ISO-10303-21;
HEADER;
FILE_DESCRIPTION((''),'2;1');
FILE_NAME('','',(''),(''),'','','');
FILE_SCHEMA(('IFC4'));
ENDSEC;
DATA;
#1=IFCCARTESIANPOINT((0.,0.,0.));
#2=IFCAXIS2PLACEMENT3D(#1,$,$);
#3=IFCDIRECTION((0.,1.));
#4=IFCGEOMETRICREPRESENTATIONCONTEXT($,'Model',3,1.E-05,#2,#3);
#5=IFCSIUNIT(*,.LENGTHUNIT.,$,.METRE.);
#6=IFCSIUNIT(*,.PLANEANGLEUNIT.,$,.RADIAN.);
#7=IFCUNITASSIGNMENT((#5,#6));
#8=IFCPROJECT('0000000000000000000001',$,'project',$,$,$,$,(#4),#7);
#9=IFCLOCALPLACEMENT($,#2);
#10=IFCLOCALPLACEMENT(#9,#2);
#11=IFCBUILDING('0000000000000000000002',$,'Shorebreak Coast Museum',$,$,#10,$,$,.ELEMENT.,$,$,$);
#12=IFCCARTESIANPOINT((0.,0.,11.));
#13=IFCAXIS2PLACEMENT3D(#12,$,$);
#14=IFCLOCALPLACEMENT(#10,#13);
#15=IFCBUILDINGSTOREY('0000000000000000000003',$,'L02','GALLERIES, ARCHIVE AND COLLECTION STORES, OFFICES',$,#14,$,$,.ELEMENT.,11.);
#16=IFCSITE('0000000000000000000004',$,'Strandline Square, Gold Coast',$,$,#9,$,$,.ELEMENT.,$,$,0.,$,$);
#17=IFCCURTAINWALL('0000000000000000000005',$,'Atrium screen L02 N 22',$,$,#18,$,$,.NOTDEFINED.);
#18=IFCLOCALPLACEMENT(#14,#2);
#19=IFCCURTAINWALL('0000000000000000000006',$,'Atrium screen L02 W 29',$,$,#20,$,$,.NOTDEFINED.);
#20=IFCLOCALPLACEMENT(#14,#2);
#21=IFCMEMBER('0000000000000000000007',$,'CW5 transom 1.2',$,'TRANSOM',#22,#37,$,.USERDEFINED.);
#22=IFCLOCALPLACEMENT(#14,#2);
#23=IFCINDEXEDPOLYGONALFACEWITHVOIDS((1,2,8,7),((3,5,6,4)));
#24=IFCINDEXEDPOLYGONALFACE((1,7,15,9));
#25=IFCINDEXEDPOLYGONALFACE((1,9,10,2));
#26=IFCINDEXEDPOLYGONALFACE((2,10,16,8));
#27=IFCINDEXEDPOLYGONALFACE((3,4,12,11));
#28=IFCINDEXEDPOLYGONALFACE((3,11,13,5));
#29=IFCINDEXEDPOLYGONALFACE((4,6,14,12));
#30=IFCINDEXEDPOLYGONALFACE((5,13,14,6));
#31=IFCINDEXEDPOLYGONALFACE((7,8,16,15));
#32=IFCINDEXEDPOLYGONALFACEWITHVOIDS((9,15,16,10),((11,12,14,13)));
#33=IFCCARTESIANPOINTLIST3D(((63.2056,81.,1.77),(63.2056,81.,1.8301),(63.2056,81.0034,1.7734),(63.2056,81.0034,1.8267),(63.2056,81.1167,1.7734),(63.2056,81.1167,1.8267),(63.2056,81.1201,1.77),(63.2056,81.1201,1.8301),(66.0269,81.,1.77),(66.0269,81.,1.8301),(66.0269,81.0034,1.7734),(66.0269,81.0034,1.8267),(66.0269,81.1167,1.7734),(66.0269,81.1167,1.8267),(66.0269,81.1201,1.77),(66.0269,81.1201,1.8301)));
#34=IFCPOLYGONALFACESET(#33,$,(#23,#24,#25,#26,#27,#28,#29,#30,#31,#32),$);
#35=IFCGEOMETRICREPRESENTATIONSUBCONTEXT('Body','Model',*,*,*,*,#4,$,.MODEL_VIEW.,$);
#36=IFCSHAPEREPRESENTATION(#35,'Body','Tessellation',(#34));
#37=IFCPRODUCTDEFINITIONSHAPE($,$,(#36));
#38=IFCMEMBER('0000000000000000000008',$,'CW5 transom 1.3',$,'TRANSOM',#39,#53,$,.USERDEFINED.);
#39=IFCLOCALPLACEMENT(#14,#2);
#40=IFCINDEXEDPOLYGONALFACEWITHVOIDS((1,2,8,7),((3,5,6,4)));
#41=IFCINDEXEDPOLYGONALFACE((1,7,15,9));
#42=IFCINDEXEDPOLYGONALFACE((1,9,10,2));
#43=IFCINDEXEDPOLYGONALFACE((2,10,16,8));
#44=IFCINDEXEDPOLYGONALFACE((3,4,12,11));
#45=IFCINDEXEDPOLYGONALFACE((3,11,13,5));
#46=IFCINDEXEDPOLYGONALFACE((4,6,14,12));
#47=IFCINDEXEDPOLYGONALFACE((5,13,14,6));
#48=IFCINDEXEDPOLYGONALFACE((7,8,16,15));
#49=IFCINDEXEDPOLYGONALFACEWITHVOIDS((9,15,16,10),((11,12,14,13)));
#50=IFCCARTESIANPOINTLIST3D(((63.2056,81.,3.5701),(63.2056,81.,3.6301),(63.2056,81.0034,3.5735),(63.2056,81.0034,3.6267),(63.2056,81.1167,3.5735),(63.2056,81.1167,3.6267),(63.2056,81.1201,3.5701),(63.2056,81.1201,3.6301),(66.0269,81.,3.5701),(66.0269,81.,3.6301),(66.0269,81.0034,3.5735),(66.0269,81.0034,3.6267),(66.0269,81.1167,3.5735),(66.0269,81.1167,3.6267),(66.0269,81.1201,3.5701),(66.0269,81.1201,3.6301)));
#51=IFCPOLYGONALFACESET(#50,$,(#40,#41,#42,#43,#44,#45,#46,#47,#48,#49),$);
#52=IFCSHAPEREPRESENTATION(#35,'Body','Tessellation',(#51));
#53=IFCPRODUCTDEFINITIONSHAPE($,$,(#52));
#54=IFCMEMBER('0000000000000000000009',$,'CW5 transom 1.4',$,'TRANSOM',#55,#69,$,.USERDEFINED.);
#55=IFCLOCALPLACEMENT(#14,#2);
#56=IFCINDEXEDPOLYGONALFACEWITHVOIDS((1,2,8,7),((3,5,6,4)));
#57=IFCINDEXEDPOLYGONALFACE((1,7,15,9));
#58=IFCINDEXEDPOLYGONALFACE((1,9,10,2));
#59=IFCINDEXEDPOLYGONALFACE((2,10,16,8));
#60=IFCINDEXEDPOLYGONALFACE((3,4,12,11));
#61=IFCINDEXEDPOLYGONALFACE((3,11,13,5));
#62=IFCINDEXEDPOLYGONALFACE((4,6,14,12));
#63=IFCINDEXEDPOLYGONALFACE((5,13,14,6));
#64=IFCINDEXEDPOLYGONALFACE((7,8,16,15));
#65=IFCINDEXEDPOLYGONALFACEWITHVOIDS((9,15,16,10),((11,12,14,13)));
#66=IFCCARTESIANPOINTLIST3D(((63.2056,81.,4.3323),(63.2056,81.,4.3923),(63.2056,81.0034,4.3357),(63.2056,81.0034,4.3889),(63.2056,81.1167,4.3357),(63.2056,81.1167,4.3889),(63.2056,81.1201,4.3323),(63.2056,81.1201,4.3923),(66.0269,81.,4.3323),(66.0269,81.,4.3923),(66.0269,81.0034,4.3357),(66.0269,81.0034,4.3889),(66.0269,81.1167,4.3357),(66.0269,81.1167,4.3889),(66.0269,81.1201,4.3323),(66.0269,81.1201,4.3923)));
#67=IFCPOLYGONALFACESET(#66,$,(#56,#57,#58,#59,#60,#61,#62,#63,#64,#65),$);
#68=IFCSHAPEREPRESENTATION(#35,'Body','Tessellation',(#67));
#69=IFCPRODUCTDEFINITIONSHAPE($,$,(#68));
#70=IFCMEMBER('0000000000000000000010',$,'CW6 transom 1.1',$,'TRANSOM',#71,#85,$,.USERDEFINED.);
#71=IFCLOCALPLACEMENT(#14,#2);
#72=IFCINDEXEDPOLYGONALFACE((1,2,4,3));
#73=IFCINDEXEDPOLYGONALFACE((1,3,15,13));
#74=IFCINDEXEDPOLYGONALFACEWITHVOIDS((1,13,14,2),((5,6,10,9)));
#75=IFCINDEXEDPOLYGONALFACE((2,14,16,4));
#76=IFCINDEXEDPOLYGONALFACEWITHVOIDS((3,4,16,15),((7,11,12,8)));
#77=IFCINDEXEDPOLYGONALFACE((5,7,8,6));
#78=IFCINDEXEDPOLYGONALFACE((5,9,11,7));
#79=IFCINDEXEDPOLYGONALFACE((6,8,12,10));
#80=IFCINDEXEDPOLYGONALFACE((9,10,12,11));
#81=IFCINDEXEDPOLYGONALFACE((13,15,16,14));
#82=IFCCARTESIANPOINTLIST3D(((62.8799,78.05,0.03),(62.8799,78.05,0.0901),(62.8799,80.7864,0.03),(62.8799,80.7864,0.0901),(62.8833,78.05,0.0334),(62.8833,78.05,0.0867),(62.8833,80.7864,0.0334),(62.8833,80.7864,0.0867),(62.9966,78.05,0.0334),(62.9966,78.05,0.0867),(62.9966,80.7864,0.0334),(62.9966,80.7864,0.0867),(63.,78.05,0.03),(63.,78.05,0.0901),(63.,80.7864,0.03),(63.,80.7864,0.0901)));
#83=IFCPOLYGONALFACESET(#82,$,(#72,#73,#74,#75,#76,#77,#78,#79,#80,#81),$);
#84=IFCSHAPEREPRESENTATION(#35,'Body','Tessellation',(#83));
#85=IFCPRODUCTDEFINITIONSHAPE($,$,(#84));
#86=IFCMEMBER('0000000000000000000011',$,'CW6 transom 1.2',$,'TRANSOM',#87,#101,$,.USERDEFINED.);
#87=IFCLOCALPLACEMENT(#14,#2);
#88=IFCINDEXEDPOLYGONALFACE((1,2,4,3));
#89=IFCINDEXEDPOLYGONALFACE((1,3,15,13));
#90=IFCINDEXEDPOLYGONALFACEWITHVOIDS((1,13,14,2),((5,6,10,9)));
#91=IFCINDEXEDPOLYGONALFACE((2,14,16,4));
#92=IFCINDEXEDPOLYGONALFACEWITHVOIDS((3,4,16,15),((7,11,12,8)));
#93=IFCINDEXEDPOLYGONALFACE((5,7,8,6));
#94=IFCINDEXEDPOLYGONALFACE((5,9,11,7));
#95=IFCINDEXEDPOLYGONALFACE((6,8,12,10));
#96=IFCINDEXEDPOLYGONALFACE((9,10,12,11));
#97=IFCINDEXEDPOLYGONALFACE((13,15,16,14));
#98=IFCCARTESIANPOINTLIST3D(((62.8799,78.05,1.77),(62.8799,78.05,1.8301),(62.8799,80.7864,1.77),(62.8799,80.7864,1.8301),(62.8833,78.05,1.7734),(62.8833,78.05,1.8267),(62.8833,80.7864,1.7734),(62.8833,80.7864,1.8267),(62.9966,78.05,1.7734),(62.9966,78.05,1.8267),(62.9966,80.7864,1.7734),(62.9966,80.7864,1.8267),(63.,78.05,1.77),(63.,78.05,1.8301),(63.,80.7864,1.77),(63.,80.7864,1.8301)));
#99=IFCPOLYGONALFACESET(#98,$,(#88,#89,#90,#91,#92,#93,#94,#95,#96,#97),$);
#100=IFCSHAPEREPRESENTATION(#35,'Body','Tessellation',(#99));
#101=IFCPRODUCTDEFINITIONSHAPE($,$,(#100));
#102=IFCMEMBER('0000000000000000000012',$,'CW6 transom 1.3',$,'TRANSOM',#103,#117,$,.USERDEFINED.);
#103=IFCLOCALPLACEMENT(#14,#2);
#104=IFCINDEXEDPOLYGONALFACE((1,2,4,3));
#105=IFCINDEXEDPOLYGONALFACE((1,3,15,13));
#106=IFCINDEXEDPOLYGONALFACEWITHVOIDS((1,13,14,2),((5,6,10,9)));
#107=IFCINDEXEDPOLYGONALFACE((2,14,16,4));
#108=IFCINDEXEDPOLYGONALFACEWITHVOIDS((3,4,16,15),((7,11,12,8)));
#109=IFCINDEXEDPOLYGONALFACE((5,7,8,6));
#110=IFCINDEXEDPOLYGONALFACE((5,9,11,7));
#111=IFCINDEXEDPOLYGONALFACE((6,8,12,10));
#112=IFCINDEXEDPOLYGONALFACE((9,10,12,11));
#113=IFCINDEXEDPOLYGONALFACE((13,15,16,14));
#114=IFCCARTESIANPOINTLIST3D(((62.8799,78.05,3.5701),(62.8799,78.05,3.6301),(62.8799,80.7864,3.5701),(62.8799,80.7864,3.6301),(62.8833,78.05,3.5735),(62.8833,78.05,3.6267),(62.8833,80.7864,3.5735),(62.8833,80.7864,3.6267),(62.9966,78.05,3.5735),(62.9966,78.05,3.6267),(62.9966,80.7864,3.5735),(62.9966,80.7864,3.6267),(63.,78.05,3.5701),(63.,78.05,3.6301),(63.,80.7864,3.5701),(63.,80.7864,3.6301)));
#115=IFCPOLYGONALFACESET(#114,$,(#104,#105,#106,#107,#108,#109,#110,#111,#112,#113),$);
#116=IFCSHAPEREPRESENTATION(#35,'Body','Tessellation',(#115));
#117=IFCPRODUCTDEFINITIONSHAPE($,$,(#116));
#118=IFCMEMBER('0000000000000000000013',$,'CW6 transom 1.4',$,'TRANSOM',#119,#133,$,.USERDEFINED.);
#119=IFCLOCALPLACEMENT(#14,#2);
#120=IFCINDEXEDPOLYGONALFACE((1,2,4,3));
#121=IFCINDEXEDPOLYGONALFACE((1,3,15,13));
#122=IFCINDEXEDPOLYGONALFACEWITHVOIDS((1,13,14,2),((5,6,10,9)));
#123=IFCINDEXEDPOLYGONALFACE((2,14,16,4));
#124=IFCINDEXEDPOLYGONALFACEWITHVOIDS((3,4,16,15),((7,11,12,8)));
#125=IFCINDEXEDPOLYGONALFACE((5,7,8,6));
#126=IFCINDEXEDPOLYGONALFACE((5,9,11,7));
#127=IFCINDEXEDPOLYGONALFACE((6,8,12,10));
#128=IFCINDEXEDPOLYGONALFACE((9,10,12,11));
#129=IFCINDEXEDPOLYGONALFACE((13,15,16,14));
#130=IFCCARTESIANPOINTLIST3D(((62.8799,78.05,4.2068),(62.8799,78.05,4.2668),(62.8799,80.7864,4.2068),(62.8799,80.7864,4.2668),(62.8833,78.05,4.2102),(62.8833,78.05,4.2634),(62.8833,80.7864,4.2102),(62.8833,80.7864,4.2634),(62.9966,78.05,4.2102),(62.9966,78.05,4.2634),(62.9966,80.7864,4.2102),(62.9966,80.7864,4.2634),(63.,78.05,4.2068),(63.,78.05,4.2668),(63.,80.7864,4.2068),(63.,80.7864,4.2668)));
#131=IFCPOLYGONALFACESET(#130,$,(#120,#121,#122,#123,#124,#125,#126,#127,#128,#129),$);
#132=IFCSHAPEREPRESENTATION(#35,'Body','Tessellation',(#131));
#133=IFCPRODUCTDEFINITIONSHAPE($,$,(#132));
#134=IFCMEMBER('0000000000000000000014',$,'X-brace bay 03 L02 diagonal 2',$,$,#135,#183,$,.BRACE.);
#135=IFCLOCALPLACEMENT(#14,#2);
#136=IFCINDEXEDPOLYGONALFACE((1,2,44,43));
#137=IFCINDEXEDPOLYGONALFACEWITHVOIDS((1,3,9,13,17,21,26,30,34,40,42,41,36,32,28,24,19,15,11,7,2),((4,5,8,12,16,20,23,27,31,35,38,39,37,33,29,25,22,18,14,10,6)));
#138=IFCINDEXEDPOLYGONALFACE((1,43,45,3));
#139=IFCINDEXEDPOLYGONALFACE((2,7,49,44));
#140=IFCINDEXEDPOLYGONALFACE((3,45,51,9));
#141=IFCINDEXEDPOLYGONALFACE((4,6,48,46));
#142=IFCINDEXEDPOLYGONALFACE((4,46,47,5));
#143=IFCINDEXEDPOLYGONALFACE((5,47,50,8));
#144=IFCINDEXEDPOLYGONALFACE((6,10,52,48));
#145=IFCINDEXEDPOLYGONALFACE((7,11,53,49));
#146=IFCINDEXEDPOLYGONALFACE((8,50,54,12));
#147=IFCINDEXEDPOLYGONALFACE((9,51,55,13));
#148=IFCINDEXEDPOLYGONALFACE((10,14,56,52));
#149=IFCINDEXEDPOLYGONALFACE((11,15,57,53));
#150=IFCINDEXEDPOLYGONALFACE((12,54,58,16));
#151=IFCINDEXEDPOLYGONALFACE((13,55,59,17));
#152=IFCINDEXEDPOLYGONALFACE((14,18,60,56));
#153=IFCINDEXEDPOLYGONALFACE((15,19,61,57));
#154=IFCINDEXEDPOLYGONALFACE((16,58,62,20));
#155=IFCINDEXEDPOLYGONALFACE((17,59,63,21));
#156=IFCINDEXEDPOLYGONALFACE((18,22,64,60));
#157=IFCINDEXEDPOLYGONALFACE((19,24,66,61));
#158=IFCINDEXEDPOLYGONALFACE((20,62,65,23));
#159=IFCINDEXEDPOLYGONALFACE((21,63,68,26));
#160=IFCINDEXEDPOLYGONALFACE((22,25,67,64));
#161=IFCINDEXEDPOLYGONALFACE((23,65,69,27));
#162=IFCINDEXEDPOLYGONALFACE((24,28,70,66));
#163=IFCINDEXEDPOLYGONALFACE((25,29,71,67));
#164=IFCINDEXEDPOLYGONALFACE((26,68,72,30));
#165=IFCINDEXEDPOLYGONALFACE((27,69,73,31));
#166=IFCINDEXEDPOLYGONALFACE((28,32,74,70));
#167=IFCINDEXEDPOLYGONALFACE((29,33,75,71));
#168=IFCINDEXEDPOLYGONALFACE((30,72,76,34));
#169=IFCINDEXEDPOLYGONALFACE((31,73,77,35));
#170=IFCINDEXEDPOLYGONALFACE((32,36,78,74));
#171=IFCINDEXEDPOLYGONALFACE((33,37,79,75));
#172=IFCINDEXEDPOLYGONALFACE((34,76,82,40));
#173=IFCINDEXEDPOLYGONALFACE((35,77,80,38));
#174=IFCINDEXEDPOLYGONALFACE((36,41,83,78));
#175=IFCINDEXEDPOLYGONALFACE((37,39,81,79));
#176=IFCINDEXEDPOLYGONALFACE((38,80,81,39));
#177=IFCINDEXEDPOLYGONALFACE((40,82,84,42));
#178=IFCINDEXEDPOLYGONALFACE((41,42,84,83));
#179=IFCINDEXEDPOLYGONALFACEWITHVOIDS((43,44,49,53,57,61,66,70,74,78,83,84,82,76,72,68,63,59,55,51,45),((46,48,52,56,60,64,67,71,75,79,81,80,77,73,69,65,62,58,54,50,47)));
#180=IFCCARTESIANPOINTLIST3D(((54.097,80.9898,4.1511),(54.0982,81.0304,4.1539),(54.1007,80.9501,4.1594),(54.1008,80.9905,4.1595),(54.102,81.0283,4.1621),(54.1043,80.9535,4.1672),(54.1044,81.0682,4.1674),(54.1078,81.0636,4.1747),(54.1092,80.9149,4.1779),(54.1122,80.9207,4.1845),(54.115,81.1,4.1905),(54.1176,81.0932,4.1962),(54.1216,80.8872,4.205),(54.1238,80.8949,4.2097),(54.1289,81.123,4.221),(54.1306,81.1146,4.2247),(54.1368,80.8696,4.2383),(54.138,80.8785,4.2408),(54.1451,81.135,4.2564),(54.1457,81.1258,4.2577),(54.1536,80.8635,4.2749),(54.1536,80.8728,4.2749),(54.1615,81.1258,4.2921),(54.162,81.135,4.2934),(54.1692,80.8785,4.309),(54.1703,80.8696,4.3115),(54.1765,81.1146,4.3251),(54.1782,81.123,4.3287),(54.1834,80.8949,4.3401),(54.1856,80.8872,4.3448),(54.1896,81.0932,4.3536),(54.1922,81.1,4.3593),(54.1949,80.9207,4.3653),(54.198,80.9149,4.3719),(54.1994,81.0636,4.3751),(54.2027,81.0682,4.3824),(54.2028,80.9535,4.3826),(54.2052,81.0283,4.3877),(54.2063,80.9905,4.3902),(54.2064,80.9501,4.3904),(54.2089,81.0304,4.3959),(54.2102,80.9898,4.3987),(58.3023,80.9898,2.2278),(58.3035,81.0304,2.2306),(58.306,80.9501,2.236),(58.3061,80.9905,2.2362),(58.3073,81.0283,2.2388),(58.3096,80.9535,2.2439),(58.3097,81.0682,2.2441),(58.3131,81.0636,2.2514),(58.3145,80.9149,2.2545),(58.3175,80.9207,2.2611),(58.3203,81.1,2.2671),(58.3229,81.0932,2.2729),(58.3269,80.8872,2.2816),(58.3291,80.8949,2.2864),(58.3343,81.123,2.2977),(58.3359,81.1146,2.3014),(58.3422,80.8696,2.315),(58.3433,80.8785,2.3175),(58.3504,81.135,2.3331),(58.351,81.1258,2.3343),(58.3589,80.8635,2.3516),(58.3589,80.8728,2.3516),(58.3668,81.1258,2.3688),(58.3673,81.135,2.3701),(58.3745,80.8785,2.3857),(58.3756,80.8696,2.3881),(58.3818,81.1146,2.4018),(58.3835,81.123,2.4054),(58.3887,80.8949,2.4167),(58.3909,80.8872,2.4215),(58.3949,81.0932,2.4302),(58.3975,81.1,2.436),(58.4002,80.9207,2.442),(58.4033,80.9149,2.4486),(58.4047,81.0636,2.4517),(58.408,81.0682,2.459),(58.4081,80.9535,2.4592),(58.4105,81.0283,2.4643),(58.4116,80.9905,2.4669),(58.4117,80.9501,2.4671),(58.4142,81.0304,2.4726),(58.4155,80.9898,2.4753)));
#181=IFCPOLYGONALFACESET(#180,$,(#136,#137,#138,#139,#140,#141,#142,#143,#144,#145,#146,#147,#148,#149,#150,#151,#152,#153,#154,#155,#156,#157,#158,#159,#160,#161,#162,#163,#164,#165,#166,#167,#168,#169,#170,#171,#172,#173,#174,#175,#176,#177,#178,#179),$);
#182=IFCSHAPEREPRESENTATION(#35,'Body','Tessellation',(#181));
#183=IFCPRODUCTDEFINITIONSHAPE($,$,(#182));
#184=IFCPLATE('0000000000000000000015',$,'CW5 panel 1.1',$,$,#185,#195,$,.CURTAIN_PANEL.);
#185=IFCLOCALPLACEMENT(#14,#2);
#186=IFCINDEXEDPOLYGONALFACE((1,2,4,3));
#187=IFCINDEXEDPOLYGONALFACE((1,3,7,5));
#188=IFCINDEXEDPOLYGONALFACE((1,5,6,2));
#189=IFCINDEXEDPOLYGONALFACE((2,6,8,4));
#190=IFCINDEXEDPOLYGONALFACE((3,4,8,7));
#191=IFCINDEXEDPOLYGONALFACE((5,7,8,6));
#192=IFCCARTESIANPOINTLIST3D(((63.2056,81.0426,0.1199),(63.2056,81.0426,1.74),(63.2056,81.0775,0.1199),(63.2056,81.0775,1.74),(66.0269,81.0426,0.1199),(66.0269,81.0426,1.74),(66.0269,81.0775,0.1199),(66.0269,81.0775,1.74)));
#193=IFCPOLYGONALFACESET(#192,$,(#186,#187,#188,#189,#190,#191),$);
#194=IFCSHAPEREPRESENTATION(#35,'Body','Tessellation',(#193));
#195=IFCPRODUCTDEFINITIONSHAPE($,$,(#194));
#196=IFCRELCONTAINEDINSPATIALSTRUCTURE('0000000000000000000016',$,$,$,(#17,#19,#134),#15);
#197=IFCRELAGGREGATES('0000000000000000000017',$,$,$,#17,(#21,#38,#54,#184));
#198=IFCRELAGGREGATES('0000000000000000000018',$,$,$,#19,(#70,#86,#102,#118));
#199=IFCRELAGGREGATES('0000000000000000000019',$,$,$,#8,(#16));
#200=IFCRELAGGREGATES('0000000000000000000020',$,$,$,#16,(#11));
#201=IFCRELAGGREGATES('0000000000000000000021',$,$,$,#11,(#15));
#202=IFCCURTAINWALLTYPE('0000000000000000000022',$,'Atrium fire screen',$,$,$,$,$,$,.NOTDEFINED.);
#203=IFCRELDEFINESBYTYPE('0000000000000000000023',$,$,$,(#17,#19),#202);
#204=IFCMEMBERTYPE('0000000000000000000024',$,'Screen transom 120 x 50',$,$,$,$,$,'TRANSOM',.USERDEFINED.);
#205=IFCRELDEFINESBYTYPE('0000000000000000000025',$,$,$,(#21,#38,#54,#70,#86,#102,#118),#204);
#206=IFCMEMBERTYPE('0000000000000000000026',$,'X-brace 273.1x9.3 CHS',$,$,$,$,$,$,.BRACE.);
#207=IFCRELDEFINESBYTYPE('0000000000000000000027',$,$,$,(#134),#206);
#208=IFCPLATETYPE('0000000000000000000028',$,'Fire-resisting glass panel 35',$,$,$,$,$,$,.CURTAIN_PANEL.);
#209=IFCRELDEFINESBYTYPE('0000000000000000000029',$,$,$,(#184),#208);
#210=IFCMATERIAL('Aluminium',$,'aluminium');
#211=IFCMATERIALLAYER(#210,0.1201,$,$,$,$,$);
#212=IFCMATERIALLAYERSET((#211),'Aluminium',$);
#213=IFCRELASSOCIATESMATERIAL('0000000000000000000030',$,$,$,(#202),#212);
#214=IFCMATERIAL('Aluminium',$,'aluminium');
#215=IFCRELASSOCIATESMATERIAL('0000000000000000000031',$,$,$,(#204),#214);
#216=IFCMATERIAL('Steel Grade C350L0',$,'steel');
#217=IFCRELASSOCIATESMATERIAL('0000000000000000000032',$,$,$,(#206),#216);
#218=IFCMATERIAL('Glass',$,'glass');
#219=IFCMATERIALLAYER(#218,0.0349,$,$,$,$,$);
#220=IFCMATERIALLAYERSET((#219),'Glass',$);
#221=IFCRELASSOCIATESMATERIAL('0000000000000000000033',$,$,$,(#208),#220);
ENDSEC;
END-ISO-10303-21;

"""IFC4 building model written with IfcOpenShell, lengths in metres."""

from ifc_helpers import new_model, si_unit, direction, frame, origin, origin_2d, place, context, subcontext, project, spatial, rectangle, hollow_rectangle, hollow_circle, extrude, material, layer, layer_set, material_profile, profile_set, type_object, element, aggregate, save


model = new_model("IFC4")

# Units and contexts
model_context = context("Model", 3, precision=1e-05, world=origin(), true_north=direction((0.0, 1.0)))
body_context = subcontext(model_context, "Body", "Model", "MODEL_VIEW")
ifc_project = project(units=[si_unit("LENGTHUNIT", "METRE"), si_unit("PLANEANGLEUNIT", "RADIAN")], contexts=[model_context])

# Site, building, storey
site_placement = place(None, origin())
site = spatial("IfcSite", under=ifc_project, at=site_placement, Name="Strandline Square, Gold Coast", CompositionType="ELEMENT", RefElevation=0.0)
building_placement = place(site_placement, origin())
building = spatial("IfcBuilding", under=site, at=building_placement, Name="Shorebreak Coast Museum", CompositionType="ELEMENT")
storey_placement = place(building_placement, frame((0.0, 0.0, 11.0)))
storey = spatial("IfcBuildingStorey", under=building, at=storey_placement, Name="L02", Description="GALLERIES, ARCHIVE AND COLLECTION STORES, OFFICES", CompositionType="ELEMENT", Elevation=11.0)

# Curtain wall
ifc_material_1 = material(Name="Aluminium", Category="aluminium")
ifc_layer_1 = layer(ifc_material_1, 0.1201)
ifc_layer_set_1 = layer_set([ifc_layer_1], Name="Aluminium")
curtain_wall_type = type_object("IfcCurtainWallType", Name="Atrium fire screen", PredefinedType="NOTDEFINED", material=ifc_layer_set_1)
curtain_wall_1_placement = place(storey_placement, origin())
curtain_wall_1 = element("IfcCurtainWall", 1, at=curtain_wall_1_placement, inside=storey, type_object=curtain_wall_type, Name="Atrium screen L02 N 22", PredefinedType="NOTDEFINED")

# Curtain wall
curtain_wall_2_placement = place(storey_placement, origin())
curtain_wall_2 = element("IfcCurtainWall", 2, at=curtain_wall_2_placement, inside=storey, type_object=curtain_wall_type, Name="Atrium screen L02 W 29", PredefinedType="NOTDEFINED")

# Members
ifc_material_2 = material(Name="Aluminium", Category="aluminium")
ifc_material_profile_1 = material_profile(ifc_material_2, hollow_rectangle(XDim=0.1201, YDim=0.0601, WallThickness=0.0034, at=origin_2d()), Name="AL 60x120 RHS")
ifc_profile_set_1 = profile_set([ifc_material_profile_1], Name="Aluminium")
member_type_1 = type_object("IfcMemberType", Name="Screen transom 120 x 50", ElementType="TRANSOM", PredefinedType="USERDEFINED", material=ifc_profile_set_1)
member_1_placement = place(storey_placement, frame((63.2056, 81.0601, 1.8), z_axis=(1.0, 0.0, 0.0), x_axis=(0.0, 1.0, 0.0)))
member_1 = element("IfcMember", 3, at=member_1_placement, type_object=member_type_1, Name="CW5 transom 1.2", ObjectType="TRANSOM", PredefinedType="USERDEFINED", context=body_context, shape_type="SweptSolid", body=[
    extrude(hollow_rectangle(XDim=0.1201, YDim=0.0601, WallThickness=0.0034, at=origin_2d()), origin(), (0.0, 0.0, 1.0), 2.8213),
])
member_2_placement = place(storey_placement, frame((63.2056, 81.0601, 3.6001), z_axis=(1.0, 0.0, 0.0), x_axis=(0.0, 1.0, 0.0)))
member_2 = element("IfcMember", 4, at=member_2_placement, type_object=member_type_1, Name="CW5 transom 1.3", ObjectType="TRANSOM", PredefinedType="USERDEFINED", context=body_context, shape_type="SweptSolid", body=[
    extrude(hollow_rectangle(XDim=0.1201, YDim=0.0601, WallThickness=0.0034, at=origin_2d()), origin(), (0.0, 0.0, 1.0), 2.8213),
])
member_3_placement = place(storey_placement, frame((63.2056, 81.0601, 4.3623), z_axis=(1.0, 0.0, 0.0), x_axis=(0.0, 1.0, 0.0)))
member_3 = element("IfcMember", 5, at=member_3_placement, type_object=member_type_1, Name="CW5 transom 1.4", ObjectType="TRANSOM", PredefinedType="USERDEFINED", context=body_context, shape_type="SweptSolid", body=[
    extrude(hollow_rectangle(XDim=0.1201, YDim=0.0601, WallThickness=0.0034, at=origin_2d()), origin(), (0.0, 0.0, 1.0), 2.8213),
])
member_4_placement = place(storey_placement, frame((62.9399, 78.05, 0.0601), z_axis=(0.0, 1.0, 0.0), x_axis=(-1.0, 0.0, 0.0)))
member_4 = element("IfcMember", 6, at=member_4_placement, type_object=member_type_1, Name="CW6 transom 1.1", ObjectType="TRANSOM", PredefinedType="USERDEFINED", context=body_context, shape_type="SweptSolid", body=[
    extrude(hollow_rectangle(XDim=0.1201, YDim=0.0601, WallThickness=0.0034, at=origin_2d()), origin(), (0.0, 0.0, 1.0), 2.7363),
])
member_5_placement = place(storey_placement, frame((62.9399, 78.05, 1.8), z_axis=(0.0, 1.0, 0.0), x_axis=(-1.0, 0.0, 0.0)))
member_5 = element("IfcMember", 7, at=member_5_placement, type_object=member_type_1, Name="CW6 transom 1.2", ObjectType="TRANSOM", PredefinedType="USERDEFINED", context=body_context, shape_type="SweptSolid", body=[
    extrude(hollow_rectangle(XDim=0.1201, YDim=0.0601, WallThickness=0.0034, at=origin_2d()), origin(), (0.0, 0.0, 1.0), 2.7363),
])
member_6_placement = place(storey_placement, frame((62.9399, 78.05, 3.6001), z_axis=(0.0, 1.0, 0.0), x_axis=(-1.0, 0.0, 0.0)))
member_6 = element("IfcMember", 8, at=member_6_placement, type_object=member_type_1, Name="CW6 transom 1.3", ObjectType="TRANSOM", PredefinedType="USERDEFINED", context=body_context, shape_type="SweptSolid", body=[
    extrude(hollow_rectangle(XDim=0.1201, YDim=0.0601, WallThickness=0.0034, at=origin_2d()), origin(), (0.0, 0.0, 1.0), 2.7363),
])
member_7_placement = place(storey_placement, frame((62.9399, 78.05, 4.2368), z_axis=(0.0, 1.0, 0.0), x_axis=(-1.0, 0.0, 0.0)))
member_7 = element("IfcMember", 9, at=member_7_placement, type_object=member_type_1, Name="CW6 transom 1.4", ObjectType="TRANSOM", PredefinedType="USERDEFINED", context=body_context, shape_type="SweptSolid", body=[
    extrude(hollow_rectangle(XDim=0.1201, YDim=0.0601, WallThickness=0.0034, at=origin_2d()), origin(), (0.0, 0.0, 1.0), 2.7363),
])
ifc_material_3 = material(Name="Steel Grade C350L0", Category="steel")
ifc_material_profile_2 = material_profile(ifc_material_3, hollow_circle(Radius=0.1365, WallThickness=0.0093, at=origin_2d()), Name="273.1x9.3 CHS")
ifc_profile_set_2 = profile_set([ifc_material_profile_2], Name="Steel Grade C350L0")
member_type_2 = type_object("IfcMemberType", Name="X-brace 273.1x9.3 CHS", PredefinedType="BRACE", material=ifc_profile_set_2)
member_8_placement = place(storey_placement, frame((58.3589, 81.0, 2.3516), z_axis=(-0.9094, 0.0, 0.415922), x_axis=(0.0, -1.0, 0.0)))
element("IfcMember", 10, at=member_8_placement, inside=storey, type_object=member_type_2, Name="X-brace bay 03 L02 diagonal 2", PredefinedType="BRACE", context=body_context, shape_type="SweptSolid", body=[
    extrude(hollow_circle(Radius=0.1365, WallThickness=0.0093, at=origin_2d()), origin(), (0.0, 0.0, 1.0), 4.6243),
])

# Plate
ifc_material_4 = material(Name="Glass", Category="glass")
ifc_layer_2 = layer(ifc_material_4, 0.0349)
ifc_layer_set_2 = layer_set([ifc_layer_2], Name="Glass")
plate_type = type_object("IfcPlateType", Name="Fire-resisting glass panel 35", PredefinedType="CURTAIN_PANEL", material=ifc_layer_set_2)
plate_1_placement = place(storey_placement, frame((64.6162, 81.0601, 0.1199), z_axis=(0.0, 0.0, 1.0), x_axis=(1.0, 0.0, 0.0)))
plate_1 = element("IfcPlate", 11, at=plate_1_placement, type_object=plate_type, Name="CW5 panel 1.1", PredefinedType="CURTAIN_PANEL", context=body_context, shape_type="SweptSolid", body=[
    extrude(rectangle(XDim=2.8213, YDim=0.0349, at=origin_2d()), origin(), (0.0, 0.0, 1.0), 1.6201),
])
aggregate(curtain_wall_1, [member_1, member_2, member_3, plate_1])
aggregate(curtain_wall_2, [member_4, member_5, member_6, member_7])

save(model, "model.ifc")
